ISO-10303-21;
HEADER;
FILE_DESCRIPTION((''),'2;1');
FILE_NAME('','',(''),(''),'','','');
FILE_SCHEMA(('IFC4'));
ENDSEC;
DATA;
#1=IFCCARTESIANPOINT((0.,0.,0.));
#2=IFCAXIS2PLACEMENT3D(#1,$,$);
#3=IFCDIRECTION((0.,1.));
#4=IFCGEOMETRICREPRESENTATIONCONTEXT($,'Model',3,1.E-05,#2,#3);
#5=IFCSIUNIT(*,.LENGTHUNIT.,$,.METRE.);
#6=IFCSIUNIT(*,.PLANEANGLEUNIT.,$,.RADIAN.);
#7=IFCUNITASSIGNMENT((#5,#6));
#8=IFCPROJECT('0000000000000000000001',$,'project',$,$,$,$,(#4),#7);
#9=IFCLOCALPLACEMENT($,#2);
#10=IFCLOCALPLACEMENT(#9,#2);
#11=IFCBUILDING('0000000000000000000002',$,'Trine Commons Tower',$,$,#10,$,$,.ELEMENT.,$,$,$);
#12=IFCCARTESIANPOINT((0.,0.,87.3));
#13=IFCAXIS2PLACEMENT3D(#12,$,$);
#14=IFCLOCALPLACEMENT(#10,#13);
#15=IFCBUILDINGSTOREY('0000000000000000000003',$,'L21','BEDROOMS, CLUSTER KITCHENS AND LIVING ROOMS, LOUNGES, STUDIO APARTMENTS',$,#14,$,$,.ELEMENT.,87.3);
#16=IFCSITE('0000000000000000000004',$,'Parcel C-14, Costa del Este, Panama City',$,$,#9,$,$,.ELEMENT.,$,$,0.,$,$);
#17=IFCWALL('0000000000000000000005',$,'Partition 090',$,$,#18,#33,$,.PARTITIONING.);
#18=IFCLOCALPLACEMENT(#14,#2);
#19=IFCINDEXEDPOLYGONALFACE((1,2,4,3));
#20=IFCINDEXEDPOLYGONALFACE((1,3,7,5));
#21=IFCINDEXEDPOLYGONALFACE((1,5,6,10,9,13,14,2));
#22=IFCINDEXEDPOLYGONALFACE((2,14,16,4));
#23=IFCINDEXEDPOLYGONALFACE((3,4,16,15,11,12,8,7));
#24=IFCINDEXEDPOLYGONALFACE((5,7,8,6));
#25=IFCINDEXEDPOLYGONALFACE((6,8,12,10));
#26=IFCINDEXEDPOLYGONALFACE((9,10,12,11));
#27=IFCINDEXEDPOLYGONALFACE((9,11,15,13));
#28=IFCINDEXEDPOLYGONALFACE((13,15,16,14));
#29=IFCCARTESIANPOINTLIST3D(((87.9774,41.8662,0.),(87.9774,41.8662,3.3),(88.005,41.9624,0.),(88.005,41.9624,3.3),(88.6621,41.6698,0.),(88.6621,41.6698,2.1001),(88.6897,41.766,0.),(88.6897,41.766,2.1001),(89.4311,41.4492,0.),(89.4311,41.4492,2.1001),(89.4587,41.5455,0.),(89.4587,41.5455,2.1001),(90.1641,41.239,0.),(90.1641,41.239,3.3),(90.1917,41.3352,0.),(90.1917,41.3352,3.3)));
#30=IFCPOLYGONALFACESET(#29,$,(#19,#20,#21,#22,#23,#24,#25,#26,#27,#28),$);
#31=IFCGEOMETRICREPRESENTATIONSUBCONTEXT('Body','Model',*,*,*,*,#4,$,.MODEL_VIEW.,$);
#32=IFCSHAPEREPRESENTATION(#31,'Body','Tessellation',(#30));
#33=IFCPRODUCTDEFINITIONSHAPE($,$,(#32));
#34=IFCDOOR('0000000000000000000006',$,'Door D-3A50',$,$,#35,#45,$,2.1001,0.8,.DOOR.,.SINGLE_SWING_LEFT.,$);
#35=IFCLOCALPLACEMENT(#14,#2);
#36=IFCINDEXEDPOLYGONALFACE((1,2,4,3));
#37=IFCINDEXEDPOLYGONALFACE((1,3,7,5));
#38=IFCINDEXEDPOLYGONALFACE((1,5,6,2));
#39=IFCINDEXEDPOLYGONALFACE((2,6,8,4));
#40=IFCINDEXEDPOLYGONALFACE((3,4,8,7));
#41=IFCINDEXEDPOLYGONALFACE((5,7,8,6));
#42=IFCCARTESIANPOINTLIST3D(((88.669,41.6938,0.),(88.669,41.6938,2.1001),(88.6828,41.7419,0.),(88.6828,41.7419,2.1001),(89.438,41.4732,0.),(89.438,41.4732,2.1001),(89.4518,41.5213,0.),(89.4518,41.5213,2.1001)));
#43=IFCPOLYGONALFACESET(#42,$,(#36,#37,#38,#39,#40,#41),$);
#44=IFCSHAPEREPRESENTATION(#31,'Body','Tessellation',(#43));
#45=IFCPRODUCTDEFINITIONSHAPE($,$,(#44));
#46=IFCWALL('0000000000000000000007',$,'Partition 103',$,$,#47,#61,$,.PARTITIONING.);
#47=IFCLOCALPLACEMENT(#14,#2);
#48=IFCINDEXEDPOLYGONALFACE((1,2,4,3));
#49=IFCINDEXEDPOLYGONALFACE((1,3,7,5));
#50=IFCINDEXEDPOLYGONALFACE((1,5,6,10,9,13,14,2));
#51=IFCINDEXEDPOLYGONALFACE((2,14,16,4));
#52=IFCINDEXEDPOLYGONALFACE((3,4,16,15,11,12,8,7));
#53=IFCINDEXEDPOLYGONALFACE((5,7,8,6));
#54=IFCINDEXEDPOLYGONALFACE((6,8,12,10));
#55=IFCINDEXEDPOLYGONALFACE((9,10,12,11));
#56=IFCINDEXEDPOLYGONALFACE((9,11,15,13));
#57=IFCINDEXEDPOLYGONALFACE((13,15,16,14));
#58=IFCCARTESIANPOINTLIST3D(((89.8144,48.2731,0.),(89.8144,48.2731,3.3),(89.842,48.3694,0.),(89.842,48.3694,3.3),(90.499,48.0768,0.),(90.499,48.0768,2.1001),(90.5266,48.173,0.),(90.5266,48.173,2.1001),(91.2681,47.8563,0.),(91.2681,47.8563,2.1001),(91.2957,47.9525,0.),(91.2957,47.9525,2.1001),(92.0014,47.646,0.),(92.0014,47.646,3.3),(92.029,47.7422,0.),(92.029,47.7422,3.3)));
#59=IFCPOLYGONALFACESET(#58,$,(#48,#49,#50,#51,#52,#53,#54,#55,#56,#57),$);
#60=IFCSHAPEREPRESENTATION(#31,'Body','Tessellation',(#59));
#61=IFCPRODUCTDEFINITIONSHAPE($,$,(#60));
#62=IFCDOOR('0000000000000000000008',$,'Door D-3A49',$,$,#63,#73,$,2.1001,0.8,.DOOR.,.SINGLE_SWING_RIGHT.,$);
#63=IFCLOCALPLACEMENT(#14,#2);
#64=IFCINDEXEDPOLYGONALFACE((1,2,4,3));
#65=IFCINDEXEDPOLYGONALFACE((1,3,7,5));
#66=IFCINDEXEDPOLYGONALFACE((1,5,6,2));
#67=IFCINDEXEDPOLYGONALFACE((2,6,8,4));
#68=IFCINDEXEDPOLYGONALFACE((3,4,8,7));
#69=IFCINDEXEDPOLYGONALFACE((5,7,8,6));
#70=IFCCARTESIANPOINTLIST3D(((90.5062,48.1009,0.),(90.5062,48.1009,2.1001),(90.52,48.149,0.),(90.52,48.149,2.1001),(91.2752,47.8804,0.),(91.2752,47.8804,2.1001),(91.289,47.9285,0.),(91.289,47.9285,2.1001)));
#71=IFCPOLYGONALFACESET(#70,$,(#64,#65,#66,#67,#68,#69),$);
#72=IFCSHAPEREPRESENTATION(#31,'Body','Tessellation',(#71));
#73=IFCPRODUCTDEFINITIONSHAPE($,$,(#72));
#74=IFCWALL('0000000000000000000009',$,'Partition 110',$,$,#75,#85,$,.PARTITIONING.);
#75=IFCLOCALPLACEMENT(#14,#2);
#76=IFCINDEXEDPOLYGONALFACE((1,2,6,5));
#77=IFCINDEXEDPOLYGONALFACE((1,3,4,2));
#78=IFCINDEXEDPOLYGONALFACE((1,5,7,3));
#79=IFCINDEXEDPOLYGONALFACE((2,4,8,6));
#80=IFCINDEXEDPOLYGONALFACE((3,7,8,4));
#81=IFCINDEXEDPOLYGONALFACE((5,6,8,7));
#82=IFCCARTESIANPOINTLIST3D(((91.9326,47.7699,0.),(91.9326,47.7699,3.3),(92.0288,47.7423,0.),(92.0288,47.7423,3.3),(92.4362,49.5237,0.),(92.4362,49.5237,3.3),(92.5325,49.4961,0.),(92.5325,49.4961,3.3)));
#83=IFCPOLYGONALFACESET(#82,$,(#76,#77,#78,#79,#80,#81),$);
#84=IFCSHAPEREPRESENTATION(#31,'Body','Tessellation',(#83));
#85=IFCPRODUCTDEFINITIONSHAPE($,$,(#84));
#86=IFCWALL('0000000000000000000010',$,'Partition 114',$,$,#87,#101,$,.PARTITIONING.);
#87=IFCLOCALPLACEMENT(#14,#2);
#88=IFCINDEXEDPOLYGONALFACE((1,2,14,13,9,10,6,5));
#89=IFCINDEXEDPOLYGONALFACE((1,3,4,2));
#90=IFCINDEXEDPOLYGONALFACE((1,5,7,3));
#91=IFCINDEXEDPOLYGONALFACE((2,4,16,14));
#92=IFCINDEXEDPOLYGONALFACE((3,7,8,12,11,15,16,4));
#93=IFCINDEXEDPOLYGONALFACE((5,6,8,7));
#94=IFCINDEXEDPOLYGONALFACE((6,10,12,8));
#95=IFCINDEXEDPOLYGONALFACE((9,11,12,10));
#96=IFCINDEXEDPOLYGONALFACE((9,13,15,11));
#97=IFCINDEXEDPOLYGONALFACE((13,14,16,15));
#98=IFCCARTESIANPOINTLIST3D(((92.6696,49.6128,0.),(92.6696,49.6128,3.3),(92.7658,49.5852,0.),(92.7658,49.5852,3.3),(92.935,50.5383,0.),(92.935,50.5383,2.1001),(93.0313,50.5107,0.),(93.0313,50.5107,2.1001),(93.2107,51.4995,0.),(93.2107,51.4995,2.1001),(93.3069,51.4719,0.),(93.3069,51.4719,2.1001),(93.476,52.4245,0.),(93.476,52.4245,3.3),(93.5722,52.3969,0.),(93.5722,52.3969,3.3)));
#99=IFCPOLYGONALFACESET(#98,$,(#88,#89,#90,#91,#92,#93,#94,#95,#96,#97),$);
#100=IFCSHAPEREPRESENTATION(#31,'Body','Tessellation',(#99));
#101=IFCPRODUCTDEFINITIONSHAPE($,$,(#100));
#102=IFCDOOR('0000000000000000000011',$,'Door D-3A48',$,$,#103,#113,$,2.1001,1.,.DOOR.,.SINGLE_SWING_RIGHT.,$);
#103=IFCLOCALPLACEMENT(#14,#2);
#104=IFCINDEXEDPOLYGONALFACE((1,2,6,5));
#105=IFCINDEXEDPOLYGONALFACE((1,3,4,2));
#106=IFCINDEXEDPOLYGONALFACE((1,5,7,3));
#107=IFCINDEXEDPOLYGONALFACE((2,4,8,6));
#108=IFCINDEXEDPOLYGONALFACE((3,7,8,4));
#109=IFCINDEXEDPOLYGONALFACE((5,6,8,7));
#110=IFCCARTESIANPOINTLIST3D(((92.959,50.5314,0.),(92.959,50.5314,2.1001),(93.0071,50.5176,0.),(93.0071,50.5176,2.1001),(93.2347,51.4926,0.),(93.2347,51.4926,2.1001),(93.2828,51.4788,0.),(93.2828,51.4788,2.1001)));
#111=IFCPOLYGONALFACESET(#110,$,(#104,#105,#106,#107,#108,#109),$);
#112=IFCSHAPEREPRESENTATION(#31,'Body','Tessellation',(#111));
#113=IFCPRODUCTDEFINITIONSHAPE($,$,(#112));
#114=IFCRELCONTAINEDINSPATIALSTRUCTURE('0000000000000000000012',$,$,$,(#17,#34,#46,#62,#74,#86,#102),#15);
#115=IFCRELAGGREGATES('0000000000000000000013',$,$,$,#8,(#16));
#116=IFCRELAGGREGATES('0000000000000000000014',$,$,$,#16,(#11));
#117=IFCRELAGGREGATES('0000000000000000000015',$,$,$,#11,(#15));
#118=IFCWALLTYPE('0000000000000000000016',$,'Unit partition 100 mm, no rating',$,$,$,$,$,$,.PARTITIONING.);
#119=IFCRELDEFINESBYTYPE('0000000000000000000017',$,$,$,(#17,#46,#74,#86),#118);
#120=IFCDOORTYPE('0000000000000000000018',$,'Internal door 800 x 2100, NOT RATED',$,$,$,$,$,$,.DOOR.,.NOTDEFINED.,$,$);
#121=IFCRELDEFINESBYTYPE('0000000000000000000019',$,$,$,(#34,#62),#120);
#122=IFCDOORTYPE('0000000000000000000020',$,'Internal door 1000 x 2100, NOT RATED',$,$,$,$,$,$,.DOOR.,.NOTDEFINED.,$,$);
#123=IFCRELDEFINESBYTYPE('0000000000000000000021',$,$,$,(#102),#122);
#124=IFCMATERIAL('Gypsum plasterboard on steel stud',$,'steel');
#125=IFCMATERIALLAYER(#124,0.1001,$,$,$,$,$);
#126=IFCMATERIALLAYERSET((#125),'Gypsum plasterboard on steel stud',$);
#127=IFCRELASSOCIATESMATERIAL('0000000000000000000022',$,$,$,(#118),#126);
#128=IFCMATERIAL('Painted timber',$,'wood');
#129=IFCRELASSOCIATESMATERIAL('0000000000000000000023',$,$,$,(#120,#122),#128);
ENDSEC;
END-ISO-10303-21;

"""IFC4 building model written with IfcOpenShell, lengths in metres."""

from ifc_helpers import new_model, si_unit, direction, frame, frame_2d, origin, place, context, subcontext, project, spatial, rectangle, extrude, material, layer, layer_set, type_object, element, fill, save


model = new_model("IFC4")

# Units and contexts
model_context = context("Model", 3, precision=1e-05, world=origin(), true_north=direction((0.0, 1.0)))
body_context = subcontext(model_context, "Body", "Model", "MODEL_VIEW")
ifc_project = project(units=[si_unit("LENGTHUNIT", "METRE"), si_unit("PLANEANGLEUNIT", "RADIAN")], contexts=[model_context])

# Site, building, storey
site_placement = place(None, origin())
site = spatial("IfcSite", under=ifc_project, at=site_placement, Name="Parcel C-14, Costa del Este, Panama City", CompositionType="ELEMENT", RefElevation=0.0)
building_placement = place(site_placement, origin())
building = spatial("IfcBuilding", under=site, at=building_placement, Name="Trine Commons Tower", CompositionType="ELEMENT")
storey_placement = place(building_placement, frame((0.0, 0.0, 87.3)))
storey = spatial("IfcBuildingStorey", under=building, at=storey_placement, Name="L21", Description="BEDROOMS, CLUSTER KITCHENS AND LIVING ROOMS, LOUNGES, STUDIO APARTMENTS", CompositionType="ELEMENT", Elevation=87.3)

# Shared definitions
ifc_material_1 = material(Name="Gypsum plasterboard on steel stud", Category="steel")

# Walls, openings, doors
ifc_layer_1 = layer(ifc_material_1, 0.1001)
ifc_layer_set_1 = layer_set([ifc_layer_1], Name="Gypsum plasterboard on steel stud")
wall_type_1 = type_object("IfcWallType", Name="Unit partition 100 mm, no rating", PredefinedType="PARTITIONING", material=ifc_layer_set_1)
wall_1_placement = place(storey_placement, frame((87.9912, 41.9143, 0.0), z_axis=(0.0, 0.0, 1.0), x_axis=(0.961244, -0.275699, 0.0)))
wall_1 = element("IfcWall", 1, at=wall_1_placement, inside=storey, type_object=wall_type_1, Name="Partition 090", PredefinedType="PARTITIONING", context=body_context, shape_type="SweptSolid", body=[
    extrude(rectangle(XDim=2.2749, YDim=0.1001, at=frame_2d((1.1375, 0.0))), origin(), (0.0, 0.0, 1.0), 3.3),
])
opening_1_placement = place(wall_1_placement, frame((0.7124, 0.0, 0.0)))
opening_1 = element("IfcOpeningElement", 2, at=opening_1_placement, cuts=wall_1, PredefinedType="OPENING", context=body_context, shape_type="SweptSolid", body=[
    extrude(rectangle(XDim=0.8, YDim=2.1001, at=frame_2d((0.3999, 1.05))), frame((0.0, 0.0601, 0.0), z_axis=(0.0, -1.0, 0.0), x_axis=(1.0, 0.0, 0.0)), (0.0, 0.0, 1.0), 0.1201),
])
ifc_material_2 = material(Name="Painted timber", Category="wood")
door_type_1 = type_object("IfcDoorType", Name="Internal door 800 x 2100, NOT RATED", OperationType="NOTDEFINED", PredefinedType="DOOR", material=ifc_material_2)
door_1_placement = place(opening_1_placement, origin())
door_1 = element("IfcDoor", 3, at=door_1_placement, inside=storey, type_object=door_type_1, Name="Door D-3A50", OperationType="SINGLE_SWING_LEFT", OverallHeight=2.1001, OverallWidth=0.8, PredefinedType="DOOR", context=body_context, shape_type="SweptSolid", body=[
    extrude(rectangle(XDim=0.8, YDim=2.1001, at=frame_2d((0.3999, 1.05))), frame((0.0, 0.0249, 0.0), z_axis=(0.0, -1.0, 0.0), x_axis=(1.0, 0.0, 0.0)), (0.0, 0.0, 1.0), 0.05),
])
fill(opening_1, door_1)
wall_2_placement = place(storey_placement, frame((89.8281, 48.3213, 0.0), z_axis=(0.0, 0.0, 1.0), x_axis=(0.961252, -0.275671, 0.0)))
wall_2 = element("IfcWall", 4, at=wall_2_placement, inside=storey, type_object=wall_type_1, Name="Partition 103", PredefinedType="PARTITIONING", context=body_context, shape_type="SweptSolid", body=[
    extrude(rectangle(XDim=2.2751, YDim=0.1001, at=frame_2d((1.1377, 0.0))), origin(), (0.0, 0.0, 1.0), 3.3),
])
opening_2_placement = place(wall_2_placement, frame((0.7124, 0.0, 0.0)))
opening_2 = element("IfcOpeningElement", 5, at=opening_2_placement, cuts=wall_2, PredefinedType="OPENING", context=body_context, shape_type="SweptSolid", body=[
    extrude(rectangle(XDim=0.8, YDim=2.1001, at=frame_2d((0.3999, 1.05))), frame((0.0, 0.0601, 0.0), z_axis=(0.0, -1.0, 0.0), x_axis=(1.0, 0.0, 0.0)), (0.0, 0.0, 1.0), 0.1201),
])
door_2_placement = place(opening_2_placement, frame((0.8, 0.0, 0.0), z_axis=(0.0, 0.0, 1.0), x_axis=(-1.0, 0.0, 0.0)))
door_2 = element("IfcDoor", 6, at=door_2_placement, inside=storey, type_object=door_type_1, Name="Door D-3A49", OperationType="SINGLE_SWING_RIGHT", OverallHeight=2.1001, OverallWidth=0.8, PredefinedType="DOOR", context=body_context, shape_type="SweptSolid", body=[
    extrude(rectangle(XDim=0.8, YDim=2.1001, at=frame_2d((0.3999, 1.05))), frame((0.0, 0.0249, 0.0), z_axis=(0.0, -1.0, 0.0), x_axis=(1.0, 0.0, 0.0)), (0.0, 0.0, 1.0), 0.05),
])
fill(opening_2, door_2)

# Wall
wall_3_placement = place(storey_placement, frame((91.9807, 47.7561, 0.0), z_axis=(0.0, 0.0, 1.0), x_axis=(0.276011, 0.961155, 0.0)))
element("IfcWall", 7, at=wall_3_placement, inside=storey, type_object=wall_type_1, Name="Partition 110", PredefinedType="PARTITIONING", context=body_context, shape_type="SweptSolid", body=[
    extrude(rectangle(XDim=1.8247, YDim=0.1001, at=frame_2d((0.9124, 0.0))), origin(), (0.0, 0.0, 1.0), 3.3),
])

# Wall, opening, door
wall_4_placement = place(storey_placement, frame((92.7178, 49.5991, 0.0), z_axis=(0.0, 0.0, 1.0), x_axis=(0.27568, 0.961249, 0.0)))
wall_4 = element("IfcWall", 8, at=wall_4_placement, inside=storey, type_object=wall_type_1, Name="Partition 114", PredefinedType="PARTITIONING", context=body_context, shape_type="SweptSolid", body=[
    extrude(rectangle(XDim=2.925, YDim=0.1001, at=frame_2d((1.4624, 0.0))), origin(), (0.0, 0.0, 1.0), 3.3),
])
opening_3_placement = place(wall_4_placement, frame((0.9626, 0.0, 0.0)))
opening_3 = element("IfcOpeningElement", 9, at=opening_3_placement, cuts=wall_4, PredefinedType="OPENING", context=body_context, shape_type="SweptSolid", body=[
    extrude(rectangle(XDim=1.0, YDim=2.1001, at=frame_2d((0.5, 1.05))), frame((0.0, 0.0601, 0.0), z_axis=(0.0, -1.0, 0.0), x_axis=(1.0, 0.0, 0.0)), (0.0, 0.0, 1.0), 0.1201),
])
door_type_2 = type_object("IfcDoorType", Name="Internal door 1000 x 2100, NOT RATED", OperationType="NOTDEFINED", PredefinedType="DOOR", material=ifc_material_2)
door_3_placement = place(opening_3_placement, frame((1.0, 0.0, 0.0), z_axis=(0.0, 0.0, 1.0), x_axis=(-1.0, 0.0, 0.0)))
door_3 = element("IfcDoor", 10, at=door_3_placement, inside=storey, type_object=door_type_2, Name="Door D-3A48", OperationType="SINGLE_SWING_RIGHT", OverallHeight=2.1001, OverallWidth=1.0, PredefinedType="DOOR", context=body_context, shape_type="SweptSolid", body=[
    extrude(rectangle(XDim=1.0, YDim=2.1001, at=frame_2d((0.5, 1.05))), frame((0.0, 0.0249, 0.0), z_axis=(0.0, -1.0, 0.0), x_axis=(1.0, 0.0, 0.0)), (0.0, 0.0, 1.0), 0.05),
])
fill(opening_3, door_3)

save(model, "model.ifc")
